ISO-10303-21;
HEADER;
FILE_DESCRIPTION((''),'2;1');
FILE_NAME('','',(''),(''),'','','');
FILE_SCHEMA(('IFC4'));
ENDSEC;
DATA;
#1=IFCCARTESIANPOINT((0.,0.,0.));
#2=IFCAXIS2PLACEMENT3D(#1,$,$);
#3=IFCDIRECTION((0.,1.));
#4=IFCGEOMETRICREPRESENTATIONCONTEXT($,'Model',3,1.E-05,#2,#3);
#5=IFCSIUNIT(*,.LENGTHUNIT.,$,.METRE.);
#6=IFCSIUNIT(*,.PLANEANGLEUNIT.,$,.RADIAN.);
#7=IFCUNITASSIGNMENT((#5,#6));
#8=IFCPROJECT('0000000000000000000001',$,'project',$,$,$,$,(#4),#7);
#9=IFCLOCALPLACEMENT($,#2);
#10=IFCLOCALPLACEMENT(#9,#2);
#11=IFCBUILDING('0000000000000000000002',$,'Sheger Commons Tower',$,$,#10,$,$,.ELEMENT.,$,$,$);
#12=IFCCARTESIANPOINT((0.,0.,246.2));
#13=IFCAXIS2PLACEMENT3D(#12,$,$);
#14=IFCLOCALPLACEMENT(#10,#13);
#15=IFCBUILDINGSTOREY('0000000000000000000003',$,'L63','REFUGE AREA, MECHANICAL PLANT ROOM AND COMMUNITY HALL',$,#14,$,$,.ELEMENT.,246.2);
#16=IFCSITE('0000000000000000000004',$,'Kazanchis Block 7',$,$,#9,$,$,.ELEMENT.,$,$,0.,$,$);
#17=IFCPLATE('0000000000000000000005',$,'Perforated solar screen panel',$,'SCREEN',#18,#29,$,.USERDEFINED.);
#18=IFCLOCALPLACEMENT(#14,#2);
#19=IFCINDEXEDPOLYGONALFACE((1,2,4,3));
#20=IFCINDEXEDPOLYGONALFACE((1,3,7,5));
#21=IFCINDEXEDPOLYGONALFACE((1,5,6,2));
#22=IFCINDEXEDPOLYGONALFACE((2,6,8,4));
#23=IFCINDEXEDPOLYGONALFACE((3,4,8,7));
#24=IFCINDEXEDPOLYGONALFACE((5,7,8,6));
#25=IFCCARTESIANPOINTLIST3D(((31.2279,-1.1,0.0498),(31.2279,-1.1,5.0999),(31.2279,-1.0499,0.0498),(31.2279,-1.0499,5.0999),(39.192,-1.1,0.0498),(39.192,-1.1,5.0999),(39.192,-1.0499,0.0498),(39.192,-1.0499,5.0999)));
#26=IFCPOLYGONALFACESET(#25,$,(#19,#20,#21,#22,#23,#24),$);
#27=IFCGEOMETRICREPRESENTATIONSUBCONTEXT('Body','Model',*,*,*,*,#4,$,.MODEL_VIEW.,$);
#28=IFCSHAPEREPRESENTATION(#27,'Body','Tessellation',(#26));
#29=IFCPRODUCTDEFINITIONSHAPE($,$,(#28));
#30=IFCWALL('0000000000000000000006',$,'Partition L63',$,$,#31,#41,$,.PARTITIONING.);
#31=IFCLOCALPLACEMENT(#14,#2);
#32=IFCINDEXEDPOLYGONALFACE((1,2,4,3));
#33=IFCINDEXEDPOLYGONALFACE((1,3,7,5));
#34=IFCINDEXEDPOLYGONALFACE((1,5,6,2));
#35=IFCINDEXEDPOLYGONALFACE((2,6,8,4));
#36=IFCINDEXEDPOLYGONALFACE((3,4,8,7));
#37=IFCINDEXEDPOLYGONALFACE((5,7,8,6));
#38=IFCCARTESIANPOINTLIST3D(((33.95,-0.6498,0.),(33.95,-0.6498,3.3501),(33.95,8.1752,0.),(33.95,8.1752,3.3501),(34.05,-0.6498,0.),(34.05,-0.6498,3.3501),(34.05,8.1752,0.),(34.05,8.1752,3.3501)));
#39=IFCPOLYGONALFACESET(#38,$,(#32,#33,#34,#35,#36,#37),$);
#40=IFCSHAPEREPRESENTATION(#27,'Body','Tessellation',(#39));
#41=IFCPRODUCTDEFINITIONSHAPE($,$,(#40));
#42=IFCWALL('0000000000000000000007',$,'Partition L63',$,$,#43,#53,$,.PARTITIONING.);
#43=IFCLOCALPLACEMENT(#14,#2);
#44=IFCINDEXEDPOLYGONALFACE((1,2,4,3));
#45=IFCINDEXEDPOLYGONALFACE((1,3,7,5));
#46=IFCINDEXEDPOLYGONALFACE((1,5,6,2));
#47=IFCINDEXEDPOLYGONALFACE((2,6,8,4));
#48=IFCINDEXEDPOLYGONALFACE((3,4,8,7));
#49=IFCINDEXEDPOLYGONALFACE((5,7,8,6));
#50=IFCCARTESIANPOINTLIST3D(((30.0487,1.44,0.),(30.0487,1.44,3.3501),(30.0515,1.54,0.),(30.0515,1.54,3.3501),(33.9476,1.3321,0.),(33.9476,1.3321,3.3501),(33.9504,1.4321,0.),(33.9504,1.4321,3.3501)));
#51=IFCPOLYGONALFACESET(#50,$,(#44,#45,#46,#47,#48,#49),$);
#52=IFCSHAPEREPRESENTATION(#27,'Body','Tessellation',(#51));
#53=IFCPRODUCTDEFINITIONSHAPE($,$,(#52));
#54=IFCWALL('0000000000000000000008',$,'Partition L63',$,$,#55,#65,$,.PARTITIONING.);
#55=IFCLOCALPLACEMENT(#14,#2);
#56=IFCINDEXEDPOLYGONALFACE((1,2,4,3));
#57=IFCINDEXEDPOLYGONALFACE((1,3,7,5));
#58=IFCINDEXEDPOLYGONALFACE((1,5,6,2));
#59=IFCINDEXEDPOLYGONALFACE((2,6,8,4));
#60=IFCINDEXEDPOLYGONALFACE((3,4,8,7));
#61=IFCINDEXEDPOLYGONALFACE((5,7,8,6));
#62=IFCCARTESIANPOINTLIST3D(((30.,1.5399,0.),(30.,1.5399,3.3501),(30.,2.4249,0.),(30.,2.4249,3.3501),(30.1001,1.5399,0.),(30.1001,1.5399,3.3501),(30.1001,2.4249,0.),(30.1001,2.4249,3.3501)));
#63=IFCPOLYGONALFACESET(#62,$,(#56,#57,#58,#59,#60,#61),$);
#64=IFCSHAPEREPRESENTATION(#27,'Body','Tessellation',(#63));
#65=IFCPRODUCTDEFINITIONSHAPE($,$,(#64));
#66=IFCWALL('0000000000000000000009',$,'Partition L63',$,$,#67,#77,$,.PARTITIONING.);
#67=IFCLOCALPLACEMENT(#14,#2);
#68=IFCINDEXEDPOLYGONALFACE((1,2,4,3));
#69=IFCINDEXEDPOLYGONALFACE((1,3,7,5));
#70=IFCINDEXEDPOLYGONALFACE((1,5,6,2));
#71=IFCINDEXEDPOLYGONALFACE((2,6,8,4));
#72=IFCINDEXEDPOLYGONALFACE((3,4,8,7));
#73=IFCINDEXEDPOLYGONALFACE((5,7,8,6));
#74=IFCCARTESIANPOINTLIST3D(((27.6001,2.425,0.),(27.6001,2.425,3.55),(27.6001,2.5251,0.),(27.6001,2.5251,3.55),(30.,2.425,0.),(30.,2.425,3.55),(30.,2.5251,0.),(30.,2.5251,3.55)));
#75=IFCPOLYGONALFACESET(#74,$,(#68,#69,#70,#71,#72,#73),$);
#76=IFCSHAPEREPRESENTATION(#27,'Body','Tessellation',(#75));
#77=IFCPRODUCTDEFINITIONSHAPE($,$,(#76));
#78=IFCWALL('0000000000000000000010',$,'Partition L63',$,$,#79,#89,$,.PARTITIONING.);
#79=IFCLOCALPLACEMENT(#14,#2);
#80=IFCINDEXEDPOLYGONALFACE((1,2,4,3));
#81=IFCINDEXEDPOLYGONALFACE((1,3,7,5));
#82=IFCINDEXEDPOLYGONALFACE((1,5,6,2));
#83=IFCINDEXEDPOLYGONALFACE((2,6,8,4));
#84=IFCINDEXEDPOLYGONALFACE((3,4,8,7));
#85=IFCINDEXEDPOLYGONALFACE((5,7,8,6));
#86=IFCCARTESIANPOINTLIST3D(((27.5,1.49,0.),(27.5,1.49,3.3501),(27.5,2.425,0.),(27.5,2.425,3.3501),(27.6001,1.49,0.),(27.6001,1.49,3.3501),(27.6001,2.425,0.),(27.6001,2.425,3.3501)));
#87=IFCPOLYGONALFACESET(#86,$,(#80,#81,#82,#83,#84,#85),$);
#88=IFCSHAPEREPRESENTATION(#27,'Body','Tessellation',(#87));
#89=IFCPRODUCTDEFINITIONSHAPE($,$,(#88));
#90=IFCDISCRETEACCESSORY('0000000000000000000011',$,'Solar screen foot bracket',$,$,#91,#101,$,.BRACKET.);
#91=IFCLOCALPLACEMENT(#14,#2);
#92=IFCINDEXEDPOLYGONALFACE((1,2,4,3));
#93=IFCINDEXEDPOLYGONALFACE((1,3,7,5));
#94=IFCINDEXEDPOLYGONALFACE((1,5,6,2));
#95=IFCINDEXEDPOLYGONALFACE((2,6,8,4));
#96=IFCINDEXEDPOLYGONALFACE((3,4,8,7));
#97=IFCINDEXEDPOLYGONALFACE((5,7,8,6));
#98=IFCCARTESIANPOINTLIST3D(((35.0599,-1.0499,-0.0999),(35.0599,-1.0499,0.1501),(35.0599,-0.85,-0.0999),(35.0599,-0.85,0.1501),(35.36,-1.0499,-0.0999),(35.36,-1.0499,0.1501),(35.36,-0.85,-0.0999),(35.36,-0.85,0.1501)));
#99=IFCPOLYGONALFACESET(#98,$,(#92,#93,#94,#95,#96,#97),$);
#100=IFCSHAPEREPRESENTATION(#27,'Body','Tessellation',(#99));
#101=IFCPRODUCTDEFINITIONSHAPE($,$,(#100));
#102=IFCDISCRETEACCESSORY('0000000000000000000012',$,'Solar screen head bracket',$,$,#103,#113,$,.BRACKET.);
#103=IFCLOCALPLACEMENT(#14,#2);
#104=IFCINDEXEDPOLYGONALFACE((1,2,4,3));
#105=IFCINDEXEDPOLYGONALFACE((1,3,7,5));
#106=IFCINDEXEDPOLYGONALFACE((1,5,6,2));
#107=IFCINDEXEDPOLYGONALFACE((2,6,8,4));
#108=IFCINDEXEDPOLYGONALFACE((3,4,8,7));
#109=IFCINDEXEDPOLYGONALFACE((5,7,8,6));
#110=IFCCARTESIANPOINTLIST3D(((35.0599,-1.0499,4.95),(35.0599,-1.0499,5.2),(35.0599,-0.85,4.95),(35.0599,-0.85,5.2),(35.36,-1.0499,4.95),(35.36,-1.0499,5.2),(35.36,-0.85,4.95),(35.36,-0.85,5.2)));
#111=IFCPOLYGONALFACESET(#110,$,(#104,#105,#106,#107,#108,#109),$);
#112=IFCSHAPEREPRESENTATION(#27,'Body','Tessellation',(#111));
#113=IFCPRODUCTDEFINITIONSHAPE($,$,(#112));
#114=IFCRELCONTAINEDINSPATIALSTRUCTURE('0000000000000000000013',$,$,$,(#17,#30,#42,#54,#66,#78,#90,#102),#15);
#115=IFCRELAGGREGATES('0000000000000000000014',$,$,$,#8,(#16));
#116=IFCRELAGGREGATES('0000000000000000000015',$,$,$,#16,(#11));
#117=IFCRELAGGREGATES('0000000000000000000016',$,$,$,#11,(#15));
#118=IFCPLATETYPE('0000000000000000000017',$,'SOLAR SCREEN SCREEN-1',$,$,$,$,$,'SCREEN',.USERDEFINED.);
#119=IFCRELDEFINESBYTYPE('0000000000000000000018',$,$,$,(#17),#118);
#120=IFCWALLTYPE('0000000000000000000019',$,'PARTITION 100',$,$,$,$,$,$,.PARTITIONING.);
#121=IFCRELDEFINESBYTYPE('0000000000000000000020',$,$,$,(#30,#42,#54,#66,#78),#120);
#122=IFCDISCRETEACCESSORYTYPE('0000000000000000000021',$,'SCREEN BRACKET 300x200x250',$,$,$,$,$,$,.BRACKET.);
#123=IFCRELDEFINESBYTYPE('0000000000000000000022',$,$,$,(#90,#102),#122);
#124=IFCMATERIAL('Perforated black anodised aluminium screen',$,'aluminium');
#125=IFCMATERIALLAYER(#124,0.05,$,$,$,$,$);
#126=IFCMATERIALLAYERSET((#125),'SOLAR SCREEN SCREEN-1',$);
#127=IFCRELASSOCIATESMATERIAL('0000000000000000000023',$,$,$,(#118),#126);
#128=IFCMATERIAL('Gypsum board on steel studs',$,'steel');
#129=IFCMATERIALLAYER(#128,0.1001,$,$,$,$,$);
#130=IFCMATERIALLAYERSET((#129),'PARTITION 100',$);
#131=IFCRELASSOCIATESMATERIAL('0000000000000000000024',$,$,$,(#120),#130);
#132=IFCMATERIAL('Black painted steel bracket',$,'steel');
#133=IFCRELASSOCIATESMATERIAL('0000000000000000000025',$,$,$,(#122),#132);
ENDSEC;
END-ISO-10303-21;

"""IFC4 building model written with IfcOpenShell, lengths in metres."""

from ifc_helpers import new_model, si_unit, direction, frame, frame_2d, origin, origin_2d, place, context, subcontext, project, spatial, rectangle, extrude, material, layer, layer_set, type_object, element, save


model = new_model("IFC4")

# Units and contexts
model_context = context("Model", 3, precision=1e-05, world=origin(), true_north=direction((0.0, 1.0)))
body_context = subcontext(model_context, "Body", "Model", "MODEL_VIEW")
ifc_project = project(units=[si_unit("LENGTHUNIT", "METRE"), si_unit("PLANEANGLEUNIT", "RADIAN")], contexts=[model_context])

# Site, building, storey
site_placement = place(None, origin())
site = spatial("IfcSite", under=ifc_project, at=site_placement, Name="Kazanchis Block 7", CompositionType="ELEMENT", RefElevation=0.0)
building_placement = place(site_placement, origin())
building = spatial("IfcBuilding", under=site, at=building_placement, Name="Sheger Commons Tower", CompositionType="ELEMENT")
storey_placement = place(building_placement, frame((0.0, 0.0, 246.2)))
storey = spatial("IfcBuildingStorey", under=building, at=storey_placement, Name="L63", Description="REFUGE AREA, MECHANICAL PLANT ROOM AND COMMUNITY HALL", CompositionType="ELEMENT", Elevation=246.2)

# Plate
ifc_material_1 = material(Name="Perforated black anodised aluminium screen", Category="aluminium")
ifc_layer_1 = layer(ifc_material_1, 0.05)
ifc_layer_set_1 = layer_set([ifc_layer_1], Name="SOLAR SCREEN SCREEN-1")
plate_type = type_object("IfcPlateType", Name="SOLAR SCREEN SCREEN-1", ElementType="SCREEN", PredefinedType="USERDEFINED", material=ifc_layer_set_1)
plate_placement = place(storey_placement, frame((35.21, -1.075, 0.0498), z_axis=(0.0, 0.0, 1.0), x_axis=(1.0, 0.0, 0.0)))
element("IfcPlate", 1, at=plate_placement, inside=storey, type_object=plate_type, Name="Perforated solar screen panel", ObjectType="SCREEN", PredefinedType="USERDEFINED", context=body_context, shape_type="SweptSolid", body=[
    extrude(rectangle(XDim=7.9641, YDim=0.05, at=origin_2d()), origin(), (0.0, 0.0, 1.0), 5.05),
])

# Walls
ifc_material_2 = material(Name="Gypsum board on steel studs", Category="steel")
ifc_layer_2 = layer(ifc_material_2, 0.1001)
ifc_layer_set_2 = layer_set([ifc_layer_2], Name="PARTITION 100")
wall_type = type_object("IfcWallType", Name="PARTITION 100", PredefinedType="PARTITIONING", material=ifc_layer_set_2)
wall_1_placement = place(storey_placement, frame((34.0, -0.6499, 0.0), z_axis=(0.0, 0.0, 1.0), x_axis=(0.0, 1.0, 0.0)))
element("IfcWall", 2, at=wall_1_placement, inside=storey, type_object=wall_type, Name="Partition L63", PredefinedType="PARTITIONING", context=body_context, shape_type="SweptSolid", body=[
    extrude(rectangle(XDim=8.825, YDim=0.1001, at=frame_2d((4.4126, 0.0))), origin(), (0.0, 0.0, 1.0), 3.3501),
])
wall_2_placement = place(storey_placement, frame((33.949, 1.3821, 0.0), z_axis=(0.0, 0.0, 1.0), x_axis=(-0.999617, 0.027666, 0.0)))
element("IfcWall", 3, at=wall_2_placement, inside=storey, type_object=wall_type, Name="Partition L63", PredefinedType="PARTITIONING", context=body_context, shape_type="SweptSolid", body=[
    extrude(rectangle(XDim=3.9004, YDim=0.1001, at=frame_2d((1.9502, 0.0))), origin(), (0.0, 0.0, 1.0), 3.3501),
])
wall_3_placement = place(storey_placement, frame((30.05, 1.54, 0.0), z_axis=(0.0, 0.0, 1.0), x_axis=(0.0, 1.0, 0.0)))
element("IfcWall", 4, at=wall_3_placement, inside=storey, type_object=wall_type, Name="Partition L63", PredefinedType="PARTITIONING", context=body_context, shape_type="SweptSolid", body=[
    extrude(rectangle(XDim=0.885, YDim=0.1001, at=frame_2d((0.4424, 0.0))), origin(), (0.0, 0.0, 1.0), 3.3501),
])
wall_4_placement = place(storey_placement, frame((30.0, 2.4751, 0.0), z_axis=(0.0, 0.0, 1.0), x_axis=(-1.0, 0.0, 0.0)))
element("IfcWall", 5, at=wall_4_placement, inside=storey, type_object=wall_type, Name="Partition L63", PredefinedType="PARTITIONING", context=body_context, shape_type="SweptSolid", body=[
    extrude(rectangle(XDim=2.3999, YDim=0.1001, at=frame_2d((1.2, 0.0))), origin(), (0.0, 0.0, 1.0), 3.55),
])
wall_5_placement = place(storey_placement, frame((27.55, 2.425, 0.0), z_axis=(0.0, 0.0, 1.0), x_axis=(0.0, -1.0, 0.0)))
element("IfcWall", 6, at=wall_5_placement, inside=storey, type_object=wall_type, Name="Partition L63", PredefinedType="PARTITIONING", context=body_context, shape_type="SweptSolid", body=[
    extrude(rectangle(XDim=0.9351, YDim=0.1001, at=frame_2d((0.4675, 0.0))), origin(), (0.0, 0.0, 1.0), 3.3501),
])

# Discrete accessories
ifc_material_3 = material(Name="Black painted steel bracket", Category="steel")
discrete_accessory_type = type_object("IfcDiscreteAccessoryType", Name="SCREEN BRACKET 300x200x250", PredefinedType="BRACKET", material=ifc_material_3)
for number, where, z_axis, x_axis, name in (
    (7, (35.21, -0.95, -0.0999), (0.0, 0.0, 1.0), (1.0, 0.0, 0.0), "Solar screen foot bracket"),
    (8, (35.21, -0.95, 4.95), (0.0, 0.0, 1.0), (1.0, 0.0, 0.0), "Solar screen head bracket"),
):
    element("IfcDiscreteAccessory", number, at=place(storey_placement, frame(where, z_axis=z_axis, x_axis=x_axis)), inside=storey, type_object=discrete_accessory_type, Name=name, PredefinedType="BRACKET", context=body_context, shape_type="SweptSolid", body=[
        extrude(rectangle(XDim=0.3, YDim=0.2, at=origin_2d()), origin(), (0.0, 0.0, 1.0), 0.25),
    ])

save(model, "model.ifc")
